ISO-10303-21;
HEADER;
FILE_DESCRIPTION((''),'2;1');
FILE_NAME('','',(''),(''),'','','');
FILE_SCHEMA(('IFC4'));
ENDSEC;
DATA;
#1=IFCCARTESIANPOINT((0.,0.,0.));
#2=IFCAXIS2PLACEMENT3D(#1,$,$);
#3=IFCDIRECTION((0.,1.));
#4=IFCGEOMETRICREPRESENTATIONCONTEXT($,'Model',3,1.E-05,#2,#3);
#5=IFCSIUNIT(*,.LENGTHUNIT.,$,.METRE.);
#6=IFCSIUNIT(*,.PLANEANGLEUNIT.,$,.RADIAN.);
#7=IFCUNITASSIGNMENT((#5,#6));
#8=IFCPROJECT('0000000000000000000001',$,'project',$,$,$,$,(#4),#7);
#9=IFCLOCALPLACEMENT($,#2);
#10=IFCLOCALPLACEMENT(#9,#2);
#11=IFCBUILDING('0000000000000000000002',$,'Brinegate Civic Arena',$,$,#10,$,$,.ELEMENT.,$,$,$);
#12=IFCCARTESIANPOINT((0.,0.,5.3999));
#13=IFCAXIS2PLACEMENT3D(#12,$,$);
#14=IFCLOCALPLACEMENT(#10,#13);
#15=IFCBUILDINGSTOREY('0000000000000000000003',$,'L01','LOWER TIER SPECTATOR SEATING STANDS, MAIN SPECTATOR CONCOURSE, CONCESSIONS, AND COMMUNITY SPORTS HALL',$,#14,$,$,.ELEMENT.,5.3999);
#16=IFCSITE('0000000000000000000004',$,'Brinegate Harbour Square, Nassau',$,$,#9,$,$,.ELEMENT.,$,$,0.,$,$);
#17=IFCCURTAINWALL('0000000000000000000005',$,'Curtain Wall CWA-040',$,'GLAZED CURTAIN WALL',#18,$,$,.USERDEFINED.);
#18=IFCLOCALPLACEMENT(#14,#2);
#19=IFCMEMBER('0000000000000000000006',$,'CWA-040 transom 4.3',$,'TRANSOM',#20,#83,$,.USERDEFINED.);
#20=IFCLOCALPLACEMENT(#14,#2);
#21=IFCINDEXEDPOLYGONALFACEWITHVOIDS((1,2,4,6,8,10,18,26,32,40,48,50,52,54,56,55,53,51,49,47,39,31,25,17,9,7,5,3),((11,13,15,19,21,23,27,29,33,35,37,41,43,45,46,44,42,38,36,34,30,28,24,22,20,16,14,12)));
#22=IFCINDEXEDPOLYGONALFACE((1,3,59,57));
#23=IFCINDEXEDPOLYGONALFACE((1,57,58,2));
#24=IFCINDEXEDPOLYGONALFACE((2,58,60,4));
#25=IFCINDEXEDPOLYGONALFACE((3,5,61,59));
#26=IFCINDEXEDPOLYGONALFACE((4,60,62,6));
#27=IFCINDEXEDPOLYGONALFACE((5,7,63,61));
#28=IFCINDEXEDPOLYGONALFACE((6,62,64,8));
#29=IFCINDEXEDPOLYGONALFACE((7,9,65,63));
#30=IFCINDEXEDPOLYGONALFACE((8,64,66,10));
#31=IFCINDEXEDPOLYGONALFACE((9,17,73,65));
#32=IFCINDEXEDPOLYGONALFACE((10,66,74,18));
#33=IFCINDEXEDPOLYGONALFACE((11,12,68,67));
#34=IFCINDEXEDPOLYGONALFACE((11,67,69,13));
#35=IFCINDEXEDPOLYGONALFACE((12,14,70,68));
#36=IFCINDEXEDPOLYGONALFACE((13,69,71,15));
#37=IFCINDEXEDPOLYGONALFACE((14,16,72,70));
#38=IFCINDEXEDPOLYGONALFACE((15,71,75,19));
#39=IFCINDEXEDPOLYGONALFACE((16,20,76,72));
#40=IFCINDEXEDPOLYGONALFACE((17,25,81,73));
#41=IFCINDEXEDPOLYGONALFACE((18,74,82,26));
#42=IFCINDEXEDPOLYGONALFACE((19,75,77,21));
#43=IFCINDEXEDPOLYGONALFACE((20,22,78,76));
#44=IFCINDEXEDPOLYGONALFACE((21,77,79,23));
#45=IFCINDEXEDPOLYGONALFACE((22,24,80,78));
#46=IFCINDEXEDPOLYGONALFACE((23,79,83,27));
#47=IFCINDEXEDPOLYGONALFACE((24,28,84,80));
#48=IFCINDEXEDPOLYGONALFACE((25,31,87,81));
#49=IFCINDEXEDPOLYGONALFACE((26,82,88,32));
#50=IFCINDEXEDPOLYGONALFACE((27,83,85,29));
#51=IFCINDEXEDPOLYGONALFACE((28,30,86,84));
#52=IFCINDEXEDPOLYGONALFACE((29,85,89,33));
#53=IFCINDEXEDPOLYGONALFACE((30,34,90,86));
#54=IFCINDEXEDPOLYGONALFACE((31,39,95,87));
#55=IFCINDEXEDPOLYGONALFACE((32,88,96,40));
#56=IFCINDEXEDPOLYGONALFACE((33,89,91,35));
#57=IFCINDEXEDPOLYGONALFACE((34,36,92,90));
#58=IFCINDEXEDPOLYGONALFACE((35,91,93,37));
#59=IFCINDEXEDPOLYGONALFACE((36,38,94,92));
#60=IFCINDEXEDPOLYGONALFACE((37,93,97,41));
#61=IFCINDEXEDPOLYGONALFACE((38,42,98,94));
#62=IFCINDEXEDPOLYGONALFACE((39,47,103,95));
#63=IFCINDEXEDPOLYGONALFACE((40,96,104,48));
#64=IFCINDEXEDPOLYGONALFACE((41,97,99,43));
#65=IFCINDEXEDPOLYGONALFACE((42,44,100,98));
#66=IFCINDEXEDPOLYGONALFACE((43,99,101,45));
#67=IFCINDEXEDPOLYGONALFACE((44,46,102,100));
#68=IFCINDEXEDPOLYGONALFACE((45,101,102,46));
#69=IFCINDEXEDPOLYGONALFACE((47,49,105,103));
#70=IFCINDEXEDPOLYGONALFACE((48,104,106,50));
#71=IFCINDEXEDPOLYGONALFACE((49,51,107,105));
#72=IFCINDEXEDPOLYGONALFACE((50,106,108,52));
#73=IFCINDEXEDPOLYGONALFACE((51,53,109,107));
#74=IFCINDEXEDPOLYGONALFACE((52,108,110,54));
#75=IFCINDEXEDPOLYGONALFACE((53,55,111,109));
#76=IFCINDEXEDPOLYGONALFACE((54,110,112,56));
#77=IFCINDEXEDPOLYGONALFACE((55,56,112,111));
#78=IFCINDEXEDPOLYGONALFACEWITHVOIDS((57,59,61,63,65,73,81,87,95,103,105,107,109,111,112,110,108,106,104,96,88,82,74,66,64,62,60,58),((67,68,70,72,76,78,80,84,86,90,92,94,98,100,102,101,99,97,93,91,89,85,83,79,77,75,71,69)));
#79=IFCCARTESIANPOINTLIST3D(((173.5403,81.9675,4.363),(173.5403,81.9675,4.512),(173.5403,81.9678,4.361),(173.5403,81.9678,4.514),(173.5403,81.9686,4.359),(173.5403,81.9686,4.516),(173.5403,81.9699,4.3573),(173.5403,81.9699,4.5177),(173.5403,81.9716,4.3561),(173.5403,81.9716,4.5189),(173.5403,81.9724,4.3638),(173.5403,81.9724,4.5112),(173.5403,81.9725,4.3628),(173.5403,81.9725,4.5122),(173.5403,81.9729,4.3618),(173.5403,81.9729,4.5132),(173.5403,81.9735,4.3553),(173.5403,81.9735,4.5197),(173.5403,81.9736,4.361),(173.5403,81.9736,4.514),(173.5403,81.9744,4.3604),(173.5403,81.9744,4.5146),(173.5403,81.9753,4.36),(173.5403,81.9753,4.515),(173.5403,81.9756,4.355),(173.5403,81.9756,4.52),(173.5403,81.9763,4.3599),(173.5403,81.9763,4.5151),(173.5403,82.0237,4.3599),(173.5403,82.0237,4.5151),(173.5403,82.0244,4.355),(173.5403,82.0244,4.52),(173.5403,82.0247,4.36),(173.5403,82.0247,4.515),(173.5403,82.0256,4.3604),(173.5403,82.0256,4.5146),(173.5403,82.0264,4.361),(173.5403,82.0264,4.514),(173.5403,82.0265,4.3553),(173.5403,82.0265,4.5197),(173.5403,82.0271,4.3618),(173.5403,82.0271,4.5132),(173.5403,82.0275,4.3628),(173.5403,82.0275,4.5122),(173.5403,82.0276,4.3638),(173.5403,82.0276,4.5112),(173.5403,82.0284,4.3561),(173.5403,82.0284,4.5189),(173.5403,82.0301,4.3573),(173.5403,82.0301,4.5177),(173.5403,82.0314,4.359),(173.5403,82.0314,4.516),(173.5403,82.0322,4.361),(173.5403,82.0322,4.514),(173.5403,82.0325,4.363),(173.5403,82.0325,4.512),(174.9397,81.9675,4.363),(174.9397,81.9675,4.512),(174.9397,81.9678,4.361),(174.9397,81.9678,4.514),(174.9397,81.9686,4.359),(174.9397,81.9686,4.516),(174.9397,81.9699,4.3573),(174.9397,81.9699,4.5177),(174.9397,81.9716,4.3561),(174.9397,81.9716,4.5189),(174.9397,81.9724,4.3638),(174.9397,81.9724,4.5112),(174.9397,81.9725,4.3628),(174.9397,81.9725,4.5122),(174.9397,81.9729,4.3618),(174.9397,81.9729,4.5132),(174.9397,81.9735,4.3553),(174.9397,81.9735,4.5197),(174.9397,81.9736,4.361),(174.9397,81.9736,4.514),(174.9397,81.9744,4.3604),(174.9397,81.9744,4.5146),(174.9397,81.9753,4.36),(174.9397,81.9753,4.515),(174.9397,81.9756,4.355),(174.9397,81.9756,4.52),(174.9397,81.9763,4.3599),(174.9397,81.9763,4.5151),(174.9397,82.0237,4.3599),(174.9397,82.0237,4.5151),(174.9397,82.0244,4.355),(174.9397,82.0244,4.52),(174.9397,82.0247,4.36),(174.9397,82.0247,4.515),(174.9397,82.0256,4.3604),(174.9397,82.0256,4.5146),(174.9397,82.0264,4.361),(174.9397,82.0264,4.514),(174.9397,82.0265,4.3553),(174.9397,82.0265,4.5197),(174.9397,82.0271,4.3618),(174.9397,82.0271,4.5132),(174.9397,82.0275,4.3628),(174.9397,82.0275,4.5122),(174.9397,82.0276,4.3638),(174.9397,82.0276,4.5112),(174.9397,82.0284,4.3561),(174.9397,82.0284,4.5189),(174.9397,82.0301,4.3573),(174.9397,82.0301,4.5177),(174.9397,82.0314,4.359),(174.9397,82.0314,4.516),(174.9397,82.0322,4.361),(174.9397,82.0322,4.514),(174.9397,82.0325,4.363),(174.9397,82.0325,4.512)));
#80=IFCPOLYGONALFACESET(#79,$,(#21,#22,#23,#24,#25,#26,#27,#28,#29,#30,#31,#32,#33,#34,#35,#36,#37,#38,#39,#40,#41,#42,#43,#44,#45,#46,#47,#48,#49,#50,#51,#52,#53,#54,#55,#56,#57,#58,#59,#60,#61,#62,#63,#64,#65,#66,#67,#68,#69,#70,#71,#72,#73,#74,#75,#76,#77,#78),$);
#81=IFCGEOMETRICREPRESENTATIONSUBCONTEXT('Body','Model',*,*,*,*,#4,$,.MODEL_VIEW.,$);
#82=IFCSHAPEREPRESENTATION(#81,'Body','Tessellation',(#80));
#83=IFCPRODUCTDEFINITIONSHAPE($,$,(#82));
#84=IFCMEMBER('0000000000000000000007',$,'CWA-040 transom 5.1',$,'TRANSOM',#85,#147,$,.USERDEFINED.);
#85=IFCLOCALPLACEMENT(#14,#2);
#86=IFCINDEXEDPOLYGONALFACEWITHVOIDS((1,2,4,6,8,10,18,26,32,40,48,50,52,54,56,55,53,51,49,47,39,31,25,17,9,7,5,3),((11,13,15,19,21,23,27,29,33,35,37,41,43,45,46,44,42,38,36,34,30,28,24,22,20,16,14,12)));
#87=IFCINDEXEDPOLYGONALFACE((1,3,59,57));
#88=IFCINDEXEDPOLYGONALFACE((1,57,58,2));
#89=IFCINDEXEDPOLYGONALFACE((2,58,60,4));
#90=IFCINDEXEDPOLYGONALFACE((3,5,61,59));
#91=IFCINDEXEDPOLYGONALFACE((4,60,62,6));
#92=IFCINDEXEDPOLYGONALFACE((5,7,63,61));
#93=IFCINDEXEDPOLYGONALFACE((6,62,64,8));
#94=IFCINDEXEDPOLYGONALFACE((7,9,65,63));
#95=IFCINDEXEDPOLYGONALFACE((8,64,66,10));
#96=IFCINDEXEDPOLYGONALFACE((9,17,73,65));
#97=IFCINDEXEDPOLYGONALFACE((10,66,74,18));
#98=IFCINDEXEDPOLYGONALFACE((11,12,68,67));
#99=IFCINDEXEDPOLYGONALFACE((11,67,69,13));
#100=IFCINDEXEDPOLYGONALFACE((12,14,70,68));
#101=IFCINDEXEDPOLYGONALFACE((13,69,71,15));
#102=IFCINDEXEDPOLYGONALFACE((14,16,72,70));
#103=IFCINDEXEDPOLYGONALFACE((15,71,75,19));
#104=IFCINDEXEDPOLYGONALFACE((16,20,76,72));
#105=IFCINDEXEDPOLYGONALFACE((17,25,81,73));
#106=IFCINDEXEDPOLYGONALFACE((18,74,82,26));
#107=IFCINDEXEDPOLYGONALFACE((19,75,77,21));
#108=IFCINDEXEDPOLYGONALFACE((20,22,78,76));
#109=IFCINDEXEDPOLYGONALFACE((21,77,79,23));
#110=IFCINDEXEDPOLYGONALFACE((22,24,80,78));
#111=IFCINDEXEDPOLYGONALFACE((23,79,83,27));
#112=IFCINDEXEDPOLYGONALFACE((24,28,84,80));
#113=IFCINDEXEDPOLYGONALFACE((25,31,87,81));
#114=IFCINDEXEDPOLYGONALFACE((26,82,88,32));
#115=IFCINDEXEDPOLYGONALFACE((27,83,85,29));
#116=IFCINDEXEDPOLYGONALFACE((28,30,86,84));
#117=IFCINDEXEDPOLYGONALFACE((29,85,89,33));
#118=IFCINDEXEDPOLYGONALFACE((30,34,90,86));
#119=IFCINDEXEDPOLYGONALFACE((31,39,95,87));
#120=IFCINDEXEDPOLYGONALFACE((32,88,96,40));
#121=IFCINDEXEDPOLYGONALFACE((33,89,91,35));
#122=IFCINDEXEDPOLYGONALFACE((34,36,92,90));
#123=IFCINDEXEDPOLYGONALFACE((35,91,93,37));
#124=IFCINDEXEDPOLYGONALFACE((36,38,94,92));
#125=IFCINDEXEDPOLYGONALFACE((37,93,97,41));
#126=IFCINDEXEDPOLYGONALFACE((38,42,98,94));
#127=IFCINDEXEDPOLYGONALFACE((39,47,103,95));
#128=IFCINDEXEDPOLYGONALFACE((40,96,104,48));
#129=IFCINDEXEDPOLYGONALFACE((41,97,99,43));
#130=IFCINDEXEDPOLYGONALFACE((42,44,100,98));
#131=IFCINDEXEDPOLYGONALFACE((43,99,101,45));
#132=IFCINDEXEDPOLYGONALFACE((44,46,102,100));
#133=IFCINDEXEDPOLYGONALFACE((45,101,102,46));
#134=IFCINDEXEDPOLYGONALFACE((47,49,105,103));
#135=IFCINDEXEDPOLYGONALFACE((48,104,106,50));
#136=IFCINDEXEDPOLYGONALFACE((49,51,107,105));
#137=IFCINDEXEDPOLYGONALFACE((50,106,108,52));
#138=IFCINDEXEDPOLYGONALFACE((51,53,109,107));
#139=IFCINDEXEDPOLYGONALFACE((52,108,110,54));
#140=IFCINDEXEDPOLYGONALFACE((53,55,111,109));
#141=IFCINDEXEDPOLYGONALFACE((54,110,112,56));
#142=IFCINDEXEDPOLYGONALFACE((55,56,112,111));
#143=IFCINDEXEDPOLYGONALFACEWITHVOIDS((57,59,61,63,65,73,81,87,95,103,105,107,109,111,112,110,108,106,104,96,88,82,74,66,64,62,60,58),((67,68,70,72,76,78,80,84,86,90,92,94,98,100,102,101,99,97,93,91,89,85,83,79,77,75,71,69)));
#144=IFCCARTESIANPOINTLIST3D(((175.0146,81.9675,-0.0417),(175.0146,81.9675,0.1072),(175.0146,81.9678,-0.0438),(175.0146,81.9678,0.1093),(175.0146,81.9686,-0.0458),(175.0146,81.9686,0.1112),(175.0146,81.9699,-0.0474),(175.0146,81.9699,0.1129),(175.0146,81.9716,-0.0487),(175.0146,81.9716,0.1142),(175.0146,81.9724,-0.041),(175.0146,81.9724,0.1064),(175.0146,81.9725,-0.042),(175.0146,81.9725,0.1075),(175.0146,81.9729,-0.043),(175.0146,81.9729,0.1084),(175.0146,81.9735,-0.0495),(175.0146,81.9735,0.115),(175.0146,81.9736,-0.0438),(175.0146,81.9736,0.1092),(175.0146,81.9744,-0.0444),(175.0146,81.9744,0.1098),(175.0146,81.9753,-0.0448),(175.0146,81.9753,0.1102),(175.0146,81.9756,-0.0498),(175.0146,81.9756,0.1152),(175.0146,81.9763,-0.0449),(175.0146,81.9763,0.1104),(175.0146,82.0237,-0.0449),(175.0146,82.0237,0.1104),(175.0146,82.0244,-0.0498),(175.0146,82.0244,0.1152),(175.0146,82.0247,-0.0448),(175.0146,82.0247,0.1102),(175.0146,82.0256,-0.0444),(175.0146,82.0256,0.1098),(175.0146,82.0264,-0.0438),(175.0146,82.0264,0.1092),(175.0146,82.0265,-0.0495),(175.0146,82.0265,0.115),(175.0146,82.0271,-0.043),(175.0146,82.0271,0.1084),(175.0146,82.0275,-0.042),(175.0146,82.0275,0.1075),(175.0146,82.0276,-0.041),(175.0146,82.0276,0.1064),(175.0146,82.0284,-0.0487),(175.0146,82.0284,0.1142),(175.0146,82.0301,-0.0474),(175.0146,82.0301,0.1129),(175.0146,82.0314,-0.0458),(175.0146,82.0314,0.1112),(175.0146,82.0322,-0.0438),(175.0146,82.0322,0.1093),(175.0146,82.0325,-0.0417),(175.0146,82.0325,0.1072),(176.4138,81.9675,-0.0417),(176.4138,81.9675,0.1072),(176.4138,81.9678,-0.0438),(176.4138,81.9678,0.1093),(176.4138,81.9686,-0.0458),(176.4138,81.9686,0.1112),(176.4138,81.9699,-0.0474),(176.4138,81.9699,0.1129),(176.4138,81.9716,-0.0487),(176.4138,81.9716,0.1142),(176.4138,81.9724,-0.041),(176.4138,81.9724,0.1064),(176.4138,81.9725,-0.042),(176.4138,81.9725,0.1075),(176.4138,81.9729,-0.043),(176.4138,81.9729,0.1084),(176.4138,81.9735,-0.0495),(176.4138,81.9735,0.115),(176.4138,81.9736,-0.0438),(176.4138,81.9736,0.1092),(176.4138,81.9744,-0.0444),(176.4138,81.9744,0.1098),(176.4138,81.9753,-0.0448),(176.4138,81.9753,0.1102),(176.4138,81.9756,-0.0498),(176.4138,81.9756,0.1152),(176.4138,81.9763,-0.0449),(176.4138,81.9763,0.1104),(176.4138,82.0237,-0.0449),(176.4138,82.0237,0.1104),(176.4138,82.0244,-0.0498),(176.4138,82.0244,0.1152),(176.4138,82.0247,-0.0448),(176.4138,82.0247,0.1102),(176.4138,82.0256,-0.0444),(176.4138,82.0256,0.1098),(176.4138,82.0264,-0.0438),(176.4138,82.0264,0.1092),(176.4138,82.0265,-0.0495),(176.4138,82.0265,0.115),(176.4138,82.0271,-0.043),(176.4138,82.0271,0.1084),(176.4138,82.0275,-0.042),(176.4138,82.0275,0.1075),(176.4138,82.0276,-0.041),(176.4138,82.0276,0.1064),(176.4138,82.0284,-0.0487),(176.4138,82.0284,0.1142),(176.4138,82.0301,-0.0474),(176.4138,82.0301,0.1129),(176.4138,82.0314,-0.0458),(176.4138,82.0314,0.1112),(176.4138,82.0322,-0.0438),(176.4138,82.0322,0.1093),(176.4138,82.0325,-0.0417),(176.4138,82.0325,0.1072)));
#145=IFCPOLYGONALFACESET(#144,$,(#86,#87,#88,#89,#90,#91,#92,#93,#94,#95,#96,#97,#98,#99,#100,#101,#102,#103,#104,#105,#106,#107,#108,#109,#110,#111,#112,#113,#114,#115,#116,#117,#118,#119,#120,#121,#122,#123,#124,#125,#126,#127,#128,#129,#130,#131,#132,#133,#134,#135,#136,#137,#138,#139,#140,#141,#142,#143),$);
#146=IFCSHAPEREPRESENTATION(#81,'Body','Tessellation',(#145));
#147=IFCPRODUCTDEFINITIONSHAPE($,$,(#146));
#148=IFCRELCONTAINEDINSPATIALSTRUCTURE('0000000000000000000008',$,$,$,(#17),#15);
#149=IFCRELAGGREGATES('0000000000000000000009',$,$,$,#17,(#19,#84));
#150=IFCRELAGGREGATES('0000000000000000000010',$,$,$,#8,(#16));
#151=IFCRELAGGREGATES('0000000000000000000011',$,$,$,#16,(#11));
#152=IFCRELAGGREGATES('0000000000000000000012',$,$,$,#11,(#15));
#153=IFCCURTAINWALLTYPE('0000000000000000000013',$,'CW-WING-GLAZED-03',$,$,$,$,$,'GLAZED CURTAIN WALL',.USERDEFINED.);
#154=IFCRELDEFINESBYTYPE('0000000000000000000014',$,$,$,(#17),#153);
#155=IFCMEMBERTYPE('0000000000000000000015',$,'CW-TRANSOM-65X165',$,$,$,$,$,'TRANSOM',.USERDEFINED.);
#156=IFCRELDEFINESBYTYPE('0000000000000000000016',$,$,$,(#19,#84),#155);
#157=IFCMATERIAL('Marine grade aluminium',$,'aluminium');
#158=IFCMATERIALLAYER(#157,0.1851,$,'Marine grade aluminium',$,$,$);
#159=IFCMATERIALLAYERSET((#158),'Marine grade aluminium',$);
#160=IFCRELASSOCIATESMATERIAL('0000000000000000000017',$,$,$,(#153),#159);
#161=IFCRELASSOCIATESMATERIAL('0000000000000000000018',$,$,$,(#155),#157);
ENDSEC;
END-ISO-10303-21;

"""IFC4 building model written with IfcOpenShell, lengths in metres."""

from ifc_helpers import new_model, si_unit, direction, frame, origin, origin_2d, place, context, subcontext, project, spatial, hollow_rectangle, extrude, material, layer, layer_set, material_profile, profile_set, type_object, element, aggregate, save


model = new_model("IFC4")

# Units and contexts
model_context = context("Model", 3, precision=1e-05, world=origin(), true_north=direction((0.0, 1.0)))
body_context = subcontext(model_context, "Body", "Model", "MODEL_VIEW")
ifc_project = project(units=[si_unit("LENGTHUNIT", "METRE"), si_unit("PLANEANGLEUNIT", "RADIAN")], contexts=[model_context])

# Site, building, storey
site_placement = place(None, origin())
site = spatial("IfcSite", under=ifc_project, at=site_placement, Name="Brinegate Harbour Square, Nassau", CompositionType="ELEMENT", RefElevation=0.0)
building_placement = place(site_placement, origin())
building = spatial("IfcBuilding", under=site, at=building_placement, Name="Brinegate Civic Arena", CompositionType="ELEMENT")
storey_placement = place(building_placement, frame((0.0, 0.0, 5.3999)))
storey = spatial("IfcBuildingStorey", under=building, at=storey_placement, Name="L01", Description="LOWER TIER SPECTATOR SEATING STANDS, MAIN SPECTATOR CONCOURSE, CONCESSIONS, AND COMMUNITY SPORTS HALL", CompositionType="ELEMENT", Elevation=5.3999)

# Curtain wall, members
ifc_material_1 = material(Name="Marine grade aluminium", Category="aluminium")
ifc_layer_1 = layer(ifc_material_1, 0.1851, Name="Marine grade aluminium")
ifc_layer_set_1 = layer_set([ifc_layer_1], Name="Marine grade aluminium")
curtain_wall_type = type_object("IfcCurtainWallType", Name="CW-WING-GLAZED-03", ElementType="GLAZED CURTAIN WALL", PredefinedType="USERDEFINED", material=ifc_layer_set_1)
curtain_wall_placement = place(storey_placement, origin())
curtain_wall = element("IfcCurtainWall", 1, at=curtain_wall_placement, inside=storey, type_object=curtain_wall_type, Name="Curtain Wall CWA-040", ObjectType="GLAZED CURTAIN WALL", PredefinedType="USERDEFINED")
ifc_material_profile_1 = material_profile(ifc_material_1, hollow_rectangle(XDim=0.0649, YDim=0.165, WallThickness=0.0049, InnerFilletRadius=0.0039, OuterFilletRadius=0.0081, at=origin_2d()), Name="TRN65X165")
ifc_profile_set_1 = profile_set([ifc_material_profile_1], Name="Marine grade aluminium")
member_type_1 = type_object("IfcMemberType", Name="CW-TRANSOM-65X165", ElementType="TRANSOM", PredefinedType="USERDEFINED", material=ifc_profile_set_1)
member_1_placement = place(storey_placement, frame((173.5403, 82.0, 4.4375), z_axis=(1.0, 0.0, 0.0), x_axis=(0.0, 1.0, 0.0)))
member_1 = element("IfcMember", 2, at=member_1_placement, type_object=member_type_1, Name="CWA-040 transom 4.3", ObjectType="TRANSOM", PredefinedType="USERDEFINED", context=body_context, shape_type="SweptSolid", body=[
    extrude(hollow_rectangle(XDim=0.0649, YDim=0.165, WallThickness=0.0049, InnerFilletRadius=0.0039, OuterFilletRadius=0.0081, at=origin_2d()), origin(), (0.0, 0.0, 1.0), 1.3994),
])
member_2_placement = place(storey_placement, frame((175.0146, 82.0, 0.0327), z_axis=(1.0, 0.0, 0.0), x_axis=(0.0, 1.0, 0.0)))
member_2 = element("IfcMember", 3, at=member_2_placement, type_object=member_type_1, Name="CWA-040 transom 5.1", ObjectType="TRANSOM", PredefinedType="USERDEFINED", context=body_context, shape_type="SweptSolid", body=[
    extrude(hollow_rectangle(XDim=0.0649, YDim=0.165, WallThickness=0.0049, InnerFilletRadius=0.0039, OuterFilletRadius=0.0081, at=origin_2d()), origin(), (0.0, 0.0, 1.0), 1.3992),
])
aggregate(curtain_wall, [member_1, member_2])

save(model, "model.ifc")
